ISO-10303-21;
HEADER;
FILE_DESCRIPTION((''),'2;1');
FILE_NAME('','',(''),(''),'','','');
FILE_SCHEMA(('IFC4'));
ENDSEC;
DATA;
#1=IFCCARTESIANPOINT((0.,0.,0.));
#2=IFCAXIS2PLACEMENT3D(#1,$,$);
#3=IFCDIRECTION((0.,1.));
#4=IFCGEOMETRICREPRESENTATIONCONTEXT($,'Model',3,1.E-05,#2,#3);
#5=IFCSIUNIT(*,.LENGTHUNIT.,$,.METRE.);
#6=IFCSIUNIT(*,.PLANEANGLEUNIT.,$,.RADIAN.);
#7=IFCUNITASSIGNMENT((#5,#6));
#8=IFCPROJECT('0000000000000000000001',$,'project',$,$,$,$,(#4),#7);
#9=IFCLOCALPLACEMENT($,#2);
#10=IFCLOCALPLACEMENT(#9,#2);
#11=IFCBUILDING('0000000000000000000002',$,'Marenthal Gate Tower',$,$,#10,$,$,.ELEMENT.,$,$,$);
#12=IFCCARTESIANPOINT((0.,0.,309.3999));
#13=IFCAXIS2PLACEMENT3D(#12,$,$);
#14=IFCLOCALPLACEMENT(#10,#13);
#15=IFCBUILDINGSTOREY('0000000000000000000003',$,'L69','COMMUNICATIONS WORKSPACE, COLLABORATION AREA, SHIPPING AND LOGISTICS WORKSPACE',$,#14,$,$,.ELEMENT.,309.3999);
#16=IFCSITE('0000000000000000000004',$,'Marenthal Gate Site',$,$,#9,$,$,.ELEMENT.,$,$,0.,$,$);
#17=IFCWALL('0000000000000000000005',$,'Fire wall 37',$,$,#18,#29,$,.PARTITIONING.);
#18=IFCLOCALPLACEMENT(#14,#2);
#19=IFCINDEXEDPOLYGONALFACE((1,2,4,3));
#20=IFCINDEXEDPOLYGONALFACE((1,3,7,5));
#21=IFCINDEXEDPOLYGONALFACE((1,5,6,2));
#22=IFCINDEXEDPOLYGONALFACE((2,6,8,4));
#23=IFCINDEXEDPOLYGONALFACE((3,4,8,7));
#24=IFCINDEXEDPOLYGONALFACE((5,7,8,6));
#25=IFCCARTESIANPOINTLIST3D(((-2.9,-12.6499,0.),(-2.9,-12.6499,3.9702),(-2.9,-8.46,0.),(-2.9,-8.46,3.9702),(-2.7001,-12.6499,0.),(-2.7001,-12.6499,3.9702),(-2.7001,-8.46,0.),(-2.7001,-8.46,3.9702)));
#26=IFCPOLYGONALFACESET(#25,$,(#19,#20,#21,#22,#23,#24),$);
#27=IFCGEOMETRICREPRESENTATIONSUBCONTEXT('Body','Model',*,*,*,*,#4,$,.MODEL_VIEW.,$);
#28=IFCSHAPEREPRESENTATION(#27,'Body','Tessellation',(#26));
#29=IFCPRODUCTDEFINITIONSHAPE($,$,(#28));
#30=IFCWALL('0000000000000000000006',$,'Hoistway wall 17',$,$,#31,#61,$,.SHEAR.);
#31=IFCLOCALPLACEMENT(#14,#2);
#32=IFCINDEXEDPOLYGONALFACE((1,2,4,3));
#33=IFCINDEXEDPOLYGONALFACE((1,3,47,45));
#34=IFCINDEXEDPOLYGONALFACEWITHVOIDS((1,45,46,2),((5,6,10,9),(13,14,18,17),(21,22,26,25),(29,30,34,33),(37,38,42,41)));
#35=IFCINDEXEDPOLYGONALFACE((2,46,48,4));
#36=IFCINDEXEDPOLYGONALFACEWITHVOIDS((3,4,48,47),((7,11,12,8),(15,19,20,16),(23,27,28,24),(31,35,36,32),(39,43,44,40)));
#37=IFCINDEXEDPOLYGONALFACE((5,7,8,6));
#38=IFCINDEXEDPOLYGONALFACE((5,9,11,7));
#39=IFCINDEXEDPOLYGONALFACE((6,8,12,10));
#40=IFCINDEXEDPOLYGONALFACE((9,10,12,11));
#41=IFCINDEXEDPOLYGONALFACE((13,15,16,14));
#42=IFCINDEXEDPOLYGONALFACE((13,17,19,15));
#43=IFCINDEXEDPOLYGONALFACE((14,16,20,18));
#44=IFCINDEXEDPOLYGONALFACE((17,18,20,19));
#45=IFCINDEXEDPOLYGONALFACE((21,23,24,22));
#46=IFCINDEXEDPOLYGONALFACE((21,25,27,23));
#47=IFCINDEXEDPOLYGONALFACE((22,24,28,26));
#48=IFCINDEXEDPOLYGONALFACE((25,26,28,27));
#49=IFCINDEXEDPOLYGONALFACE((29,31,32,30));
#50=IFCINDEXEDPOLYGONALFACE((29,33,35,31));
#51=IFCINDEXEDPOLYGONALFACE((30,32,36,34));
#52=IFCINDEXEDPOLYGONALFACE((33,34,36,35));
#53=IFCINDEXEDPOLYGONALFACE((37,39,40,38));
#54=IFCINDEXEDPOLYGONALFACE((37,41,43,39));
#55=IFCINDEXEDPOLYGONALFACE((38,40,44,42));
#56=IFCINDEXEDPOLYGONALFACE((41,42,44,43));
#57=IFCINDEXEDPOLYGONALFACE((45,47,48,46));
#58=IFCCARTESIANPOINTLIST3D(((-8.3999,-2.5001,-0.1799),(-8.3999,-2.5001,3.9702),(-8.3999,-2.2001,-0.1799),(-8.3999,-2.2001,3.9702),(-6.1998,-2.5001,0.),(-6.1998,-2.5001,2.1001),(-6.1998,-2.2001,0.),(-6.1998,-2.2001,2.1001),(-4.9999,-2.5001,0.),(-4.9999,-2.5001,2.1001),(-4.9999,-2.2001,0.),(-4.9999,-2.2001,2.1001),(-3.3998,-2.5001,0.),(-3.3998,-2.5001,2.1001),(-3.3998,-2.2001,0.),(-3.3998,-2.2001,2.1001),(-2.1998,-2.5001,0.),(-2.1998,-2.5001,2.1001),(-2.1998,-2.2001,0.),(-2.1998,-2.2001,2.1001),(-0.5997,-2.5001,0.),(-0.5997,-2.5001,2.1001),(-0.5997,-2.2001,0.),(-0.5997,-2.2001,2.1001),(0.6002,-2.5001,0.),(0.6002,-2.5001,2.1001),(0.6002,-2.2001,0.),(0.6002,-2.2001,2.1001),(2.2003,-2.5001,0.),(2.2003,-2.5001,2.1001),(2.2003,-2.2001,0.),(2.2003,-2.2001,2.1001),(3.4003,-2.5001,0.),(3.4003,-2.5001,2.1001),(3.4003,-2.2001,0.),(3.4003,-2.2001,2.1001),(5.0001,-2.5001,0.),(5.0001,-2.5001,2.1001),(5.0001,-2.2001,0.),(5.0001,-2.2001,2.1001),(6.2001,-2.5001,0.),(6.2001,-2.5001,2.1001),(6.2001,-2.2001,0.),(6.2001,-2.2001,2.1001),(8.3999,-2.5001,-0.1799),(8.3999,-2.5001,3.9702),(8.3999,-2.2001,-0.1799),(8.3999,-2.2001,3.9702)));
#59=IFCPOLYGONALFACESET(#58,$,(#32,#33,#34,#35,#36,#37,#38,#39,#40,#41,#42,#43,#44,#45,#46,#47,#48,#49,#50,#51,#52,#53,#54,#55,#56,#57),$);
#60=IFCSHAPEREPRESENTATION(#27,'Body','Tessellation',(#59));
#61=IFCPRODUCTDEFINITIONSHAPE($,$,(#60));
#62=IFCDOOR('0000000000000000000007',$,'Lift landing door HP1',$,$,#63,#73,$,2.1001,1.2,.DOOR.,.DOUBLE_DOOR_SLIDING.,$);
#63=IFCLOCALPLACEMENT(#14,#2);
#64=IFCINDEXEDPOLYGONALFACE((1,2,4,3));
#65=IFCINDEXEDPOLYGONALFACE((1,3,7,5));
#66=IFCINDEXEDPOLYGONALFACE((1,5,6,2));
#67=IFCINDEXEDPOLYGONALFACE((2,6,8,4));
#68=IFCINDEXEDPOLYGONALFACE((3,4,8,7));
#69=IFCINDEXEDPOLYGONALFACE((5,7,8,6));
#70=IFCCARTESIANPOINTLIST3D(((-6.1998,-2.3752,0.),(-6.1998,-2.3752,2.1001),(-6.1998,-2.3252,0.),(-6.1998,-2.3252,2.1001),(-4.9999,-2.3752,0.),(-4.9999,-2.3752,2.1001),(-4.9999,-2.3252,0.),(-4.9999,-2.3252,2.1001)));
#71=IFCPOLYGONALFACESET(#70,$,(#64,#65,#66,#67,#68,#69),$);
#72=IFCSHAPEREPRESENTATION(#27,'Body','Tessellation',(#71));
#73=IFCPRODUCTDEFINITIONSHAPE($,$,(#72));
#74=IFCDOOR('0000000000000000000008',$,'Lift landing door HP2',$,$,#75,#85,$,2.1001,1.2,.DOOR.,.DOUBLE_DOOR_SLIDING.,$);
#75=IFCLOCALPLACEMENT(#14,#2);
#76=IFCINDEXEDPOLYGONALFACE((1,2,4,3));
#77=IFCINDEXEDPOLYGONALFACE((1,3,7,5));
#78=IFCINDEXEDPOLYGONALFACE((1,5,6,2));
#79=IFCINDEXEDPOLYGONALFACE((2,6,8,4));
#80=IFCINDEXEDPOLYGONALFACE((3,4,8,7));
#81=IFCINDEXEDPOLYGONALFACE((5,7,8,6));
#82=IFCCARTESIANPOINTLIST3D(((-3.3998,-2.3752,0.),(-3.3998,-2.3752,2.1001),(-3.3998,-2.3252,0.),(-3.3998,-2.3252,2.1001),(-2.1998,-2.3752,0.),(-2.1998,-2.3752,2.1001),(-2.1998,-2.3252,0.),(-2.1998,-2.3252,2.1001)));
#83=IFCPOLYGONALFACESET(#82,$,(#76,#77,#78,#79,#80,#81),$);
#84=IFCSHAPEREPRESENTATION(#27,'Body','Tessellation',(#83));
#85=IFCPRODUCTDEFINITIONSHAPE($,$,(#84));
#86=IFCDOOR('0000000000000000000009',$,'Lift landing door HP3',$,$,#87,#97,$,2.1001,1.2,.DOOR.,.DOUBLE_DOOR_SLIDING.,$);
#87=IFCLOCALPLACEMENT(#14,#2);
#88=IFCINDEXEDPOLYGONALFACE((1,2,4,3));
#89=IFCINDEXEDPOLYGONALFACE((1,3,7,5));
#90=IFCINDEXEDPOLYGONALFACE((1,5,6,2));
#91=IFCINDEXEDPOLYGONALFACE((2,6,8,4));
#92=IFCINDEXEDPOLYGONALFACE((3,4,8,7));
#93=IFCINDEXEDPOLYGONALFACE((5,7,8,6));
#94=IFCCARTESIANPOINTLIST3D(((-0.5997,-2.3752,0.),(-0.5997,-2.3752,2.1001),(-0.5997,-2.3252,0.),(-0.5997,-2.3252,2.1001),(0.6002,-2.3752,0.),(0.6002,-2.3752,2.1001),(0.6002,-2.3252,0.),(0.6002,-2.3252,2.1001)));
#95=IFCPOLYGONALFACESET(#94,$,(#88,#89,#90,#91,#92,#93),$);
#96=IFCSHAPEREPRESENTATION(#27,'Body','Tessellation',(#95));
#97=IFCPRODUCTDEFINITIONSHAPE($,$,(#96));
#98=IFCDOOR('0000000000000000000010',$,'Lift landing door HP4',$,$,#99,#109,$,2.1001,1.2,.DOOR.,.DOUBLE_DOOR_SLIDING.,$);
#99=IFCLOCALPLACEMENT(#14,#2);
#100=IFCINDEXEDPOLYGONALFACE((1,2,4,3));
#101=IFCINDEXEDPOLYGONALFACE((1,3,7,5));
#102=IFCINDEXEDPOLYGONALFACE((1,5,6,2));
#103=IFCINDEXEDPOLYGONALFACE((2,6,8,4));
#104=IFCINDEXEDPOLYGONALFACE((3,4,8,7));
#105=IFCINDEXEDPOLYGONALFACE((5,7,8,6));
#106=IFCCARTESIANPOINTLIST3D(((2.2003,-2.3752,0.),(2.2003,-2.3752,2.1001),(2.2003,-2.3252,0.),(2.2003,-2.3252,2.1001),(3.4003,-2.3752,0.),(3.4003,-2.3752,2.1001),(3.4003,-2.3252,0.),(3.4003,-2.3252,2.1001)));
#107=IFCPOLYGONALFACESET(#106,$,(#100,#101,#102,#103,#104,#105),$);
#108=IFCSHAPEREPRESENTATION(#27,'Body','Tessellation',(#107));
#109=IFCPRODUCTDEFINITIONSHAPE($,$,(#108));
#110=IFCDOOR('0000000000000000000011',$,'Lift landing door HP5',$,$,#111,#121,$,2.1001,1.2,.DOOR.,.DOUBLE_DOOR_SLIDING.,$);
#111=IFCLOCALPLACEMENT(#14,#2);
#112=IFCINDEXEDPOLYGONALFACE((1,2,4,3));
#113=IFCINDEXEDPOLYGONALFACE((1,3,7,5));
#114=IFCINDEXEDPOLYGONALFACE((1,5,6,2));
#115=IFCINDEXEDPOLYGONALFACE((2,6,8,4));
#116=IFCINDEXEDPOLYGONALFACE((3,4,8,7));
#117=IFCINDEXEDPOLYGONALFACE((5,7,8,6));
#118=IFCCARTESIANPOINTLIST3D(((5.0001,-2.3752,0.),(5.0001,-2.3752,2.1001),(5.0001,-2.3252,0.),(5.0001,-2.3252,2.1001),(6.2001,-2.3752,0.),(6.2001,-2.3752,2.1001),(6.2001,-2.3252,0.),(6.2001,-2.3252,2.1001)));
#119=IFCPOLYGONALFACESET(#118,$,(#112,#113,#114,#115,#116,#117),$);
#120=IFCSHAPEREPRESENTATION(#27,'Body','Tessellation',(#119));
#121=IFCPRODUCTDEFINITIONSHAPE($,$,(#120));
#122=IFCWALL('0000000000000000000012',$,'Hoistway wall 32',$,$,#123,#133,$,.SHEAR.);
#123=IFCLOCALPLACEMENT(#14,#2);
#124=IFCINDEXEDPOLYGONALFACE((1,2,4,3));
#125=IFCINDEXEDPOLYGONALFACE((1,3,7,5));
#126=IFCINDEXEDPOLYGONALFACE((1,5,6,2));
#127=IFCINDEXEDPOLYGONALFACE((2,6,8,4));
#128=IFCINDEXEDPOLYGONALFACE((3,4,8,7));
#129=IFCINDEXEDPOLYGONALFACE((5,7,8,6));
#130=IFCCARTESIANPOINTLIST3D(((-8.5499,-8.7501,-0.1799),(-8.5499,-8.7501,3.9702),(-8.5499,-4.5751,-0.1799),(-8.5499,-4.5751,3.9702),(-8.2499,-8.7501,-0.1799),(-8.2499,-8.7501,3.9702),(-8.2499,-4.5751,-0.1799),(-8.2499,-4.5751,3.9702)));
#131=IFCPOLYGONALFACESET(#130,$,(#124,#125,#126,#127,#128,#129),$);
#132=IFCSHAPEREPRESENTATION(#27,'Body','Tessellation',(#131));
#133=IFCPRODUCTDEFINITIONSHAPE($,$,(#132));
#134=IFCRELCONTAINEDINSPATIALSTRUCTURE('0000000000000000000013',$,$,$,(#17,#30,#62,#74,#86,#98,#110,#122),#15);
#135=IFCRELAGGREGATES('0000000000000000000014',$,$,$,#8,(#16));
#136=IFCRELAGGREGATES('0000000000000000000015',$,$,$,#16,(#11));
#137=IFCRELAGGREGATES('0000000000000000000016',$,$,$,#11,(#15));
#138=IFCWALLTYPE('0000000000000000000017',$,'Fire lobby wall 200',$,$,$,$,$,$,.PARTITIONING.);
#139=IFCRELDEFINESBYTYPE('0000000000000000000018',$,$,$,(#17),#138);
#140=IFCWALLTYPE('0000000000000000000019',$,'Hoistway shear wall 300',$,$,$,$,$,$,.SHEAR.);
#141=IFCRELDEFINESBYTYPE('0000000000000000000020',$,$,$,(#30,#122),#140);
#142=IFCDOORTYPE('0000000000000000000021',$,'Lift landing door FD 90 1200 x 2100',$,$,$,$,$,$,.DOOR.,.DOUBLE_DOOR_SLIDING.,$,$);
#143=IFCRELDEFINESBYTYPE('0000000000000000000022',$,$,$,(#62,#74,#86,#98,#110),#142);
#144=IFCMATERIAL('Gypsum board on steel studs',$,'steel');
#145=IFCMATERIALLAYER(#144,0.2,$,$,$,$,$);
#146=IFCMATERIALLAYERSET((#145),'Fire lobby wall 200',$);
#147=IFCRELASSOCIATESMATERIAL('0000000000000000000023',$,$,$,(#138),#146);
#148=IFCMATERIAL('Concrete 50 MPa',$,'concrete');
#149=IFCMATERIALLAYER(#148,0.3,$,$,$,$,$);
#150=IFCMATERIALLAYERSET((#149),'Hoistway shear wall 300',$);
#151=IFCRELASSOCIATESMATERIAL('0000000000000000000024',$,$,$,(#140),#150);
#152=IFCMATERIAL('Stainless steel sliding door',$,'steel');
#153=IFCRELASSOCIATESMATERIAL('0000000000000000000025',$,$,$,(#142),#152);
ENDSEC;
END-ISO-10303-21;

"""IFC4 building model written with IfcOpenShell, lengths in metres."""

from ifc_helpers import new_model, si_unit, direction, frame, frame_2d, origin, place, context, subcontext, project, spatial, rectangle, extrude, material, layer, layer_set, type_object, element, fill, save


model = new_model("IFC4")

# Units and contexts
model_context = context("Model", 3, precision=1e-05, world=origin(), true_north=direction((0.0, 1.0)))
body_context = subcontext(model_context, "Body", "Model", "MODEL_VIEW")
ifc_project = project(units=[si_unit("LENGTHUNIT", "METRE"), si_unit("PLANEANGLEUNIT", "RADIAN")], contexts=[model_context])

# Site, building, storey
site_placement = place(None, origin())
site = spatial("IfcSite", under=ifc_project, at=site_placement, Name="Marenthal Gate Site", CompositionType="ELEMENT", RefElevation=0.0)
building_placement = place(site_placement, origin())
building = spatial("IfcBuilding", under=site, at=building_placement, Name="Marenthal Gate Tower", CompositionType="ELEMENT")
storey_placement = place(building_placement, frame((0.0, 0.0, 309.3999)))
storey = spatial("IfcBuildingStorey", under=building, at=storey_placement, Name="L69", Description="COMMUNICATIONS WORKSPACE, COLLABORATION AREA, SHIPPING AND LOGISTICS WORKSPACE", CompositionType="ELEMENT", Elevation=309.3999)

# Wall
ifc_material_1 = material(Name="Gypsum board on steel studs", Category="steel")
ifc_layer_1 = layer(ifc_material_1, 0.2)
ifc_layer_set_1 = layer_set([ifc_layer_1], Name="Fire lobby wall 200")
wall_type_1 = type_object("IfcWallType", Name="Fire lobby wall 200", PredefinedType="PARTITIONING", material=ifc_layer_set_1)
wall_1_placement = place(storey_placement, frame((-2.8, -12.6499, 0.0), z_axis=(0.0, 0.0, 1.0), x_axis=(0.0, 1.0, 0.0)))
element("IfcWall", 1, at=wall_1_placement, inside=storey, type_object=wall_type_1, Name="Fire wall 37", PredefinedType="PARTITIONING", context=body_context, shape_type="SweptSolid", body=[
    extrude(rectangle(XDim=4.1899, YDim=0.2, at=frame_2d((2.095, 0.0))), origin(), (0.0, 0.0, 1.0), 3.9702),
])

# Wall, openings, doors
ifc_material_2 = material(Name="Concrete 50 MPa", Category="concrete")
ifc_layer_2 = layer(ifc_material_2, 0.3)
ifc_layer_set_2 = layer_set([ifc_layer_2], Name="Hoistway shear wall 300")
wall_type_2 = type_object("IfcWallType", Name="Hoistway shear wall 300", PredefinedType="SHEAR", material=ifc_layer_set_2)
wall_2_placement = place(storey_placement, frame((-8.3999, -2.3501, -0.1799), z_axis=(0.0, 0.0, 1.0), x_axis=(1.0, 0.0, 0.0)))
wall_2 = element("IfcWall", 2, at=wall_2_placement, inside=storey, type_object=wall_type_2, Name="Hoistway wall 17", PredefinedType="SHEAR", context=body_context, shape_type="SweptSolid", body=[
    extrude(rectangle(XDim=16.7998, YDim=0.3, at=frame_2d((8.3999, 0.0))), origin(), (0.0, 0.0, 1.0), 4.1501),
])
opening_1_placement = place(wall_2_placement, frame((2.2, 0.0, 0.1799)))
opening_1 = element("IfcOpeningElement", 3, at=opening_1_placement, cuts=wall_2, PredefinedType="OPENING", context=body_context, shape_type="SweptSolid", body=[
    extrude(rectangle(XDim=1.2, YDim=2.1001, at=frame_2d((0.6001, 1.05))), frame((0.0, 0.1602, 0.0), z_axis=(0.0, -1.0, 0.0), x_axis=(1.0, 0.0, 0.0)), (0.0, 0.0, 1.0), 0.3201),
])
opening_2_placement = place(wall_2_placement, frame((5.0, 0.0, 0.1799)))
opening_2 = element("IfcOpeningElement", 4, at=opening_2_placement, cuts=wall_2, PredefinedType="OPENING", context=body_context, shape_type="SweptSolid", body=[
    extrude(rectangle(XDim=1.2, YDim=2.1001, at=frame_2d((0.6001, 1.05))), frame((0.0, 0.1602, 0.0), z_axis=(0.0, -1.0, 0.0), x_axis=(1.0, 0.0, 0.0)), (0.0, 0.0, 1.0), 0.3201),
])
opening_3_placement = place(wall_2_placement, frame((7.8, 0.0, 0.1799)))
opening_3 = element("IfcOpeningElement", 5, at=opening_3_placement, cuts=wall_2, PredefinedType="OPENING", context=body_context, shape_type="SweptSolid", body=[
    extrude(rectangle(XDim=1.2, YDim=2.1001, at=frame_2d((0.6001, 1.05))), frame((0.0, 0.1602, 0.0), z_axis=(0.0, -1.0, 0.0), x_axis=(1.0, 0.0, 0.0)), (0.0, 0.0, 1.0), 0.3201),
])
opening_4_placement = place(wall_2_placement, frame((10.6001, 0.0, 0.1799)))
opening_4 = element("IfcOpeningElement", 6, at=opening_4_placement, cuts=wall_2, PredefinedType="OPENING", context=body_context, shape_type="SweptSolid", body=[
    extrude(rectangle(XDim=1.2, YDim=2.1001, at=frame_2d((0.6001, 1.05))), frame((0.0, 0.1602, 0.0), z_axis=(0.0, -1.0, 0.0), x_axis=(1.0, 0.0, 0.0)), (0.0, 0.0, 1.0), 0.3201),
])
opening_5_placement = place(wall_2_placement, frame((13.3999, 0.0, 0.1799)))
opening_5 = element("IfcOpeningElement", 7, at=opening_5_placement, cuts=wall_2, PredefinedType="OPENING", context=body_context, shape_type="SweptSolid", body=[
    extrude(rectangle(XDim=1.2, YDim=2.1001, at=frame_2d((0.6001, 1.05))), frame((0.0, 0.1602, 0.0), z_axis=(0.0, -1.0, 0.0), x_axis=(1.0, 0.0, 0.0)), (0.0, 0.0, 1.0), 0.3201),
])
ifc_material_3 = material(Name="Stainless steel sliding door", Category="steel")
door_type_1 = type_object("IfcDoorType", Name="Lift landing door FD 90 1200 x 2100", OperationType="DOUBLE_DOOR_SLIDING", PredefinedType="DOOR", material=ifc_material_3)
door_1_placement = place(opening_1_placement, origin())
door_1 = element("IfcDoor", 8, at=door_1_placement, inside=storey, type_object=door_type_1, Name="Lift landing door HP1", OperationType="DOUBLE_DOOR_SLIDING", OverallHeight=2.1001, OverallWidth=1.2, PredefinedType="DOOR", context=body_context, shape_type="SweptSolid", body=[
    extrude(rectangle(XDim=1.2, YDim=2.1001, at=frame_2d((0.6001, 1.05))), frame((0.0, 0.0249, 0.0), z_axis=(0.0, -1.0, 0.0), x_axis=(1.0, 0.0, 0.0)), (0.0, 0.0, 1.0), 0.05),
])
fill(opening_1, door_1)
door_2_placement = place(opening_2_placement, origin())
door_2 = element("IfcDoor", 9, at=door_2_placement, inside=storey, type_object=door_type_1, Name="Lift landing door HP2", OperationType="DOUBLE_DOOR_SLIDING", OverallHeight=2.1001, OverallWidth=1.2, PredefinedType="DOOR", context=body_context, shape_type="SweptSolid", body=[
    extrude(rectangle(XDim=1.2, YDim=2.1001, at=frame_2d((0.6001, 1.05))), frame((0.0, 0.0249, 0.0), z_axis=(0.0, -1.0, 0.0), x_axis=(1.0, 0.0, 0.0)), (0.0, 0.0, 1.0), 0.05),
])
fill(opening_2, door_2)
door_3_placement = place(opening_3_placement, origin())
door_3 = element("IfcDoor", 10, at=door_3_placement, inside=storey, type_object=door_type_1, Name="Lift landing door HP3", OperationType="DOUBLE_DOOR_SLIDING", OverallHeight=2.1001, OverallWidth=1.2, PredefinedType="DOOR", context=body_context, shape_type="SweptSolid", body=[
    extrude(rectangle(XDim=1.2, YDim=2.1001, at=frame_2d((0.6001, 1.05))), frame((0.0, 0.0249, 0.0), z_axis=(0.0, -1.0, 0.0), x_axis=(1.0, 0.0, 0.0)), (0.0, 0.0, 1.0), 0.05),
])
fill(opening_3, door_3)
door_4_placement = place(opening_4_placement, origin())
door_4 = element("IfcDoor", 11, at=door_4_placement, inside=storey, type_object=door_type_1, Name="Lift landing door HP4", OperationType="DOUBLE_DOOR_SLIDING", OverallHeight=2.1001, OverallWidth=1.2, PredefinedType="DOOR", context=body_context, shape_type="SweptSolid", body=[
    extrude(rectangle(XDim=1.2, YDim=2.1001, at=frame_2d((0.6001, 1.05))), frame((0.0, 0.0249, 0.0), z_axis=(0.0, -1.0, 0.0), x_axis=(1.0, 0.0, 0.0)), (0.0, 0.0, 1.0), 0.05),
])
fill(opening_4, door_4)
door_5_placement = place(opening_5_placement, origin())
door_5 = element("IfcDoor", 12, at=door_5_placement, inside=storey, type_object=door_type_1, Name="Lift landing door HP5", OperationType="DOUBLE_DOOR_SLIDING", OverallHeight=2.1001, OverallWidth=1.2, PredefinedType="DOOR", context=body_context, shape_type="SweptSolid", body=[
    extrude(rectangle(XDim=1.2, YDim=2.1001, at=frame_2d((0.6001, 1.05))), frame((0.0, 0.0249, 0.0), z_axis=(0.0, -1.0, 0.0), x_axis=(1.0, 0.0, 0.0)), (0.0, 0.0, 1.0), 0.05),
])
fill(opening_5, door_5)

# Wall
wall_3_placement = place(storey_placement, frame((-8.3999, -8.75, -0.1799), z_axis=(0.0, 0.0, 1.0), x_axis=(0.0, 1.0, 0.0)))
element("IfcWall", 13, at=wall_3_placement, inside=storey, type_object=wall_type_2, Name="Hoistway wall 32", PredefinedType="SHEAR", context=body_context, shape_type="SweptSolid", body=[
    extrude(rectangle(XDim=4.175, YDim=0.3, at=frame_2d((2.0874, 0.0))), origin(), (0.0, 0.0, 1.0), 4.1501),
])

save(model, "model.ifc")
